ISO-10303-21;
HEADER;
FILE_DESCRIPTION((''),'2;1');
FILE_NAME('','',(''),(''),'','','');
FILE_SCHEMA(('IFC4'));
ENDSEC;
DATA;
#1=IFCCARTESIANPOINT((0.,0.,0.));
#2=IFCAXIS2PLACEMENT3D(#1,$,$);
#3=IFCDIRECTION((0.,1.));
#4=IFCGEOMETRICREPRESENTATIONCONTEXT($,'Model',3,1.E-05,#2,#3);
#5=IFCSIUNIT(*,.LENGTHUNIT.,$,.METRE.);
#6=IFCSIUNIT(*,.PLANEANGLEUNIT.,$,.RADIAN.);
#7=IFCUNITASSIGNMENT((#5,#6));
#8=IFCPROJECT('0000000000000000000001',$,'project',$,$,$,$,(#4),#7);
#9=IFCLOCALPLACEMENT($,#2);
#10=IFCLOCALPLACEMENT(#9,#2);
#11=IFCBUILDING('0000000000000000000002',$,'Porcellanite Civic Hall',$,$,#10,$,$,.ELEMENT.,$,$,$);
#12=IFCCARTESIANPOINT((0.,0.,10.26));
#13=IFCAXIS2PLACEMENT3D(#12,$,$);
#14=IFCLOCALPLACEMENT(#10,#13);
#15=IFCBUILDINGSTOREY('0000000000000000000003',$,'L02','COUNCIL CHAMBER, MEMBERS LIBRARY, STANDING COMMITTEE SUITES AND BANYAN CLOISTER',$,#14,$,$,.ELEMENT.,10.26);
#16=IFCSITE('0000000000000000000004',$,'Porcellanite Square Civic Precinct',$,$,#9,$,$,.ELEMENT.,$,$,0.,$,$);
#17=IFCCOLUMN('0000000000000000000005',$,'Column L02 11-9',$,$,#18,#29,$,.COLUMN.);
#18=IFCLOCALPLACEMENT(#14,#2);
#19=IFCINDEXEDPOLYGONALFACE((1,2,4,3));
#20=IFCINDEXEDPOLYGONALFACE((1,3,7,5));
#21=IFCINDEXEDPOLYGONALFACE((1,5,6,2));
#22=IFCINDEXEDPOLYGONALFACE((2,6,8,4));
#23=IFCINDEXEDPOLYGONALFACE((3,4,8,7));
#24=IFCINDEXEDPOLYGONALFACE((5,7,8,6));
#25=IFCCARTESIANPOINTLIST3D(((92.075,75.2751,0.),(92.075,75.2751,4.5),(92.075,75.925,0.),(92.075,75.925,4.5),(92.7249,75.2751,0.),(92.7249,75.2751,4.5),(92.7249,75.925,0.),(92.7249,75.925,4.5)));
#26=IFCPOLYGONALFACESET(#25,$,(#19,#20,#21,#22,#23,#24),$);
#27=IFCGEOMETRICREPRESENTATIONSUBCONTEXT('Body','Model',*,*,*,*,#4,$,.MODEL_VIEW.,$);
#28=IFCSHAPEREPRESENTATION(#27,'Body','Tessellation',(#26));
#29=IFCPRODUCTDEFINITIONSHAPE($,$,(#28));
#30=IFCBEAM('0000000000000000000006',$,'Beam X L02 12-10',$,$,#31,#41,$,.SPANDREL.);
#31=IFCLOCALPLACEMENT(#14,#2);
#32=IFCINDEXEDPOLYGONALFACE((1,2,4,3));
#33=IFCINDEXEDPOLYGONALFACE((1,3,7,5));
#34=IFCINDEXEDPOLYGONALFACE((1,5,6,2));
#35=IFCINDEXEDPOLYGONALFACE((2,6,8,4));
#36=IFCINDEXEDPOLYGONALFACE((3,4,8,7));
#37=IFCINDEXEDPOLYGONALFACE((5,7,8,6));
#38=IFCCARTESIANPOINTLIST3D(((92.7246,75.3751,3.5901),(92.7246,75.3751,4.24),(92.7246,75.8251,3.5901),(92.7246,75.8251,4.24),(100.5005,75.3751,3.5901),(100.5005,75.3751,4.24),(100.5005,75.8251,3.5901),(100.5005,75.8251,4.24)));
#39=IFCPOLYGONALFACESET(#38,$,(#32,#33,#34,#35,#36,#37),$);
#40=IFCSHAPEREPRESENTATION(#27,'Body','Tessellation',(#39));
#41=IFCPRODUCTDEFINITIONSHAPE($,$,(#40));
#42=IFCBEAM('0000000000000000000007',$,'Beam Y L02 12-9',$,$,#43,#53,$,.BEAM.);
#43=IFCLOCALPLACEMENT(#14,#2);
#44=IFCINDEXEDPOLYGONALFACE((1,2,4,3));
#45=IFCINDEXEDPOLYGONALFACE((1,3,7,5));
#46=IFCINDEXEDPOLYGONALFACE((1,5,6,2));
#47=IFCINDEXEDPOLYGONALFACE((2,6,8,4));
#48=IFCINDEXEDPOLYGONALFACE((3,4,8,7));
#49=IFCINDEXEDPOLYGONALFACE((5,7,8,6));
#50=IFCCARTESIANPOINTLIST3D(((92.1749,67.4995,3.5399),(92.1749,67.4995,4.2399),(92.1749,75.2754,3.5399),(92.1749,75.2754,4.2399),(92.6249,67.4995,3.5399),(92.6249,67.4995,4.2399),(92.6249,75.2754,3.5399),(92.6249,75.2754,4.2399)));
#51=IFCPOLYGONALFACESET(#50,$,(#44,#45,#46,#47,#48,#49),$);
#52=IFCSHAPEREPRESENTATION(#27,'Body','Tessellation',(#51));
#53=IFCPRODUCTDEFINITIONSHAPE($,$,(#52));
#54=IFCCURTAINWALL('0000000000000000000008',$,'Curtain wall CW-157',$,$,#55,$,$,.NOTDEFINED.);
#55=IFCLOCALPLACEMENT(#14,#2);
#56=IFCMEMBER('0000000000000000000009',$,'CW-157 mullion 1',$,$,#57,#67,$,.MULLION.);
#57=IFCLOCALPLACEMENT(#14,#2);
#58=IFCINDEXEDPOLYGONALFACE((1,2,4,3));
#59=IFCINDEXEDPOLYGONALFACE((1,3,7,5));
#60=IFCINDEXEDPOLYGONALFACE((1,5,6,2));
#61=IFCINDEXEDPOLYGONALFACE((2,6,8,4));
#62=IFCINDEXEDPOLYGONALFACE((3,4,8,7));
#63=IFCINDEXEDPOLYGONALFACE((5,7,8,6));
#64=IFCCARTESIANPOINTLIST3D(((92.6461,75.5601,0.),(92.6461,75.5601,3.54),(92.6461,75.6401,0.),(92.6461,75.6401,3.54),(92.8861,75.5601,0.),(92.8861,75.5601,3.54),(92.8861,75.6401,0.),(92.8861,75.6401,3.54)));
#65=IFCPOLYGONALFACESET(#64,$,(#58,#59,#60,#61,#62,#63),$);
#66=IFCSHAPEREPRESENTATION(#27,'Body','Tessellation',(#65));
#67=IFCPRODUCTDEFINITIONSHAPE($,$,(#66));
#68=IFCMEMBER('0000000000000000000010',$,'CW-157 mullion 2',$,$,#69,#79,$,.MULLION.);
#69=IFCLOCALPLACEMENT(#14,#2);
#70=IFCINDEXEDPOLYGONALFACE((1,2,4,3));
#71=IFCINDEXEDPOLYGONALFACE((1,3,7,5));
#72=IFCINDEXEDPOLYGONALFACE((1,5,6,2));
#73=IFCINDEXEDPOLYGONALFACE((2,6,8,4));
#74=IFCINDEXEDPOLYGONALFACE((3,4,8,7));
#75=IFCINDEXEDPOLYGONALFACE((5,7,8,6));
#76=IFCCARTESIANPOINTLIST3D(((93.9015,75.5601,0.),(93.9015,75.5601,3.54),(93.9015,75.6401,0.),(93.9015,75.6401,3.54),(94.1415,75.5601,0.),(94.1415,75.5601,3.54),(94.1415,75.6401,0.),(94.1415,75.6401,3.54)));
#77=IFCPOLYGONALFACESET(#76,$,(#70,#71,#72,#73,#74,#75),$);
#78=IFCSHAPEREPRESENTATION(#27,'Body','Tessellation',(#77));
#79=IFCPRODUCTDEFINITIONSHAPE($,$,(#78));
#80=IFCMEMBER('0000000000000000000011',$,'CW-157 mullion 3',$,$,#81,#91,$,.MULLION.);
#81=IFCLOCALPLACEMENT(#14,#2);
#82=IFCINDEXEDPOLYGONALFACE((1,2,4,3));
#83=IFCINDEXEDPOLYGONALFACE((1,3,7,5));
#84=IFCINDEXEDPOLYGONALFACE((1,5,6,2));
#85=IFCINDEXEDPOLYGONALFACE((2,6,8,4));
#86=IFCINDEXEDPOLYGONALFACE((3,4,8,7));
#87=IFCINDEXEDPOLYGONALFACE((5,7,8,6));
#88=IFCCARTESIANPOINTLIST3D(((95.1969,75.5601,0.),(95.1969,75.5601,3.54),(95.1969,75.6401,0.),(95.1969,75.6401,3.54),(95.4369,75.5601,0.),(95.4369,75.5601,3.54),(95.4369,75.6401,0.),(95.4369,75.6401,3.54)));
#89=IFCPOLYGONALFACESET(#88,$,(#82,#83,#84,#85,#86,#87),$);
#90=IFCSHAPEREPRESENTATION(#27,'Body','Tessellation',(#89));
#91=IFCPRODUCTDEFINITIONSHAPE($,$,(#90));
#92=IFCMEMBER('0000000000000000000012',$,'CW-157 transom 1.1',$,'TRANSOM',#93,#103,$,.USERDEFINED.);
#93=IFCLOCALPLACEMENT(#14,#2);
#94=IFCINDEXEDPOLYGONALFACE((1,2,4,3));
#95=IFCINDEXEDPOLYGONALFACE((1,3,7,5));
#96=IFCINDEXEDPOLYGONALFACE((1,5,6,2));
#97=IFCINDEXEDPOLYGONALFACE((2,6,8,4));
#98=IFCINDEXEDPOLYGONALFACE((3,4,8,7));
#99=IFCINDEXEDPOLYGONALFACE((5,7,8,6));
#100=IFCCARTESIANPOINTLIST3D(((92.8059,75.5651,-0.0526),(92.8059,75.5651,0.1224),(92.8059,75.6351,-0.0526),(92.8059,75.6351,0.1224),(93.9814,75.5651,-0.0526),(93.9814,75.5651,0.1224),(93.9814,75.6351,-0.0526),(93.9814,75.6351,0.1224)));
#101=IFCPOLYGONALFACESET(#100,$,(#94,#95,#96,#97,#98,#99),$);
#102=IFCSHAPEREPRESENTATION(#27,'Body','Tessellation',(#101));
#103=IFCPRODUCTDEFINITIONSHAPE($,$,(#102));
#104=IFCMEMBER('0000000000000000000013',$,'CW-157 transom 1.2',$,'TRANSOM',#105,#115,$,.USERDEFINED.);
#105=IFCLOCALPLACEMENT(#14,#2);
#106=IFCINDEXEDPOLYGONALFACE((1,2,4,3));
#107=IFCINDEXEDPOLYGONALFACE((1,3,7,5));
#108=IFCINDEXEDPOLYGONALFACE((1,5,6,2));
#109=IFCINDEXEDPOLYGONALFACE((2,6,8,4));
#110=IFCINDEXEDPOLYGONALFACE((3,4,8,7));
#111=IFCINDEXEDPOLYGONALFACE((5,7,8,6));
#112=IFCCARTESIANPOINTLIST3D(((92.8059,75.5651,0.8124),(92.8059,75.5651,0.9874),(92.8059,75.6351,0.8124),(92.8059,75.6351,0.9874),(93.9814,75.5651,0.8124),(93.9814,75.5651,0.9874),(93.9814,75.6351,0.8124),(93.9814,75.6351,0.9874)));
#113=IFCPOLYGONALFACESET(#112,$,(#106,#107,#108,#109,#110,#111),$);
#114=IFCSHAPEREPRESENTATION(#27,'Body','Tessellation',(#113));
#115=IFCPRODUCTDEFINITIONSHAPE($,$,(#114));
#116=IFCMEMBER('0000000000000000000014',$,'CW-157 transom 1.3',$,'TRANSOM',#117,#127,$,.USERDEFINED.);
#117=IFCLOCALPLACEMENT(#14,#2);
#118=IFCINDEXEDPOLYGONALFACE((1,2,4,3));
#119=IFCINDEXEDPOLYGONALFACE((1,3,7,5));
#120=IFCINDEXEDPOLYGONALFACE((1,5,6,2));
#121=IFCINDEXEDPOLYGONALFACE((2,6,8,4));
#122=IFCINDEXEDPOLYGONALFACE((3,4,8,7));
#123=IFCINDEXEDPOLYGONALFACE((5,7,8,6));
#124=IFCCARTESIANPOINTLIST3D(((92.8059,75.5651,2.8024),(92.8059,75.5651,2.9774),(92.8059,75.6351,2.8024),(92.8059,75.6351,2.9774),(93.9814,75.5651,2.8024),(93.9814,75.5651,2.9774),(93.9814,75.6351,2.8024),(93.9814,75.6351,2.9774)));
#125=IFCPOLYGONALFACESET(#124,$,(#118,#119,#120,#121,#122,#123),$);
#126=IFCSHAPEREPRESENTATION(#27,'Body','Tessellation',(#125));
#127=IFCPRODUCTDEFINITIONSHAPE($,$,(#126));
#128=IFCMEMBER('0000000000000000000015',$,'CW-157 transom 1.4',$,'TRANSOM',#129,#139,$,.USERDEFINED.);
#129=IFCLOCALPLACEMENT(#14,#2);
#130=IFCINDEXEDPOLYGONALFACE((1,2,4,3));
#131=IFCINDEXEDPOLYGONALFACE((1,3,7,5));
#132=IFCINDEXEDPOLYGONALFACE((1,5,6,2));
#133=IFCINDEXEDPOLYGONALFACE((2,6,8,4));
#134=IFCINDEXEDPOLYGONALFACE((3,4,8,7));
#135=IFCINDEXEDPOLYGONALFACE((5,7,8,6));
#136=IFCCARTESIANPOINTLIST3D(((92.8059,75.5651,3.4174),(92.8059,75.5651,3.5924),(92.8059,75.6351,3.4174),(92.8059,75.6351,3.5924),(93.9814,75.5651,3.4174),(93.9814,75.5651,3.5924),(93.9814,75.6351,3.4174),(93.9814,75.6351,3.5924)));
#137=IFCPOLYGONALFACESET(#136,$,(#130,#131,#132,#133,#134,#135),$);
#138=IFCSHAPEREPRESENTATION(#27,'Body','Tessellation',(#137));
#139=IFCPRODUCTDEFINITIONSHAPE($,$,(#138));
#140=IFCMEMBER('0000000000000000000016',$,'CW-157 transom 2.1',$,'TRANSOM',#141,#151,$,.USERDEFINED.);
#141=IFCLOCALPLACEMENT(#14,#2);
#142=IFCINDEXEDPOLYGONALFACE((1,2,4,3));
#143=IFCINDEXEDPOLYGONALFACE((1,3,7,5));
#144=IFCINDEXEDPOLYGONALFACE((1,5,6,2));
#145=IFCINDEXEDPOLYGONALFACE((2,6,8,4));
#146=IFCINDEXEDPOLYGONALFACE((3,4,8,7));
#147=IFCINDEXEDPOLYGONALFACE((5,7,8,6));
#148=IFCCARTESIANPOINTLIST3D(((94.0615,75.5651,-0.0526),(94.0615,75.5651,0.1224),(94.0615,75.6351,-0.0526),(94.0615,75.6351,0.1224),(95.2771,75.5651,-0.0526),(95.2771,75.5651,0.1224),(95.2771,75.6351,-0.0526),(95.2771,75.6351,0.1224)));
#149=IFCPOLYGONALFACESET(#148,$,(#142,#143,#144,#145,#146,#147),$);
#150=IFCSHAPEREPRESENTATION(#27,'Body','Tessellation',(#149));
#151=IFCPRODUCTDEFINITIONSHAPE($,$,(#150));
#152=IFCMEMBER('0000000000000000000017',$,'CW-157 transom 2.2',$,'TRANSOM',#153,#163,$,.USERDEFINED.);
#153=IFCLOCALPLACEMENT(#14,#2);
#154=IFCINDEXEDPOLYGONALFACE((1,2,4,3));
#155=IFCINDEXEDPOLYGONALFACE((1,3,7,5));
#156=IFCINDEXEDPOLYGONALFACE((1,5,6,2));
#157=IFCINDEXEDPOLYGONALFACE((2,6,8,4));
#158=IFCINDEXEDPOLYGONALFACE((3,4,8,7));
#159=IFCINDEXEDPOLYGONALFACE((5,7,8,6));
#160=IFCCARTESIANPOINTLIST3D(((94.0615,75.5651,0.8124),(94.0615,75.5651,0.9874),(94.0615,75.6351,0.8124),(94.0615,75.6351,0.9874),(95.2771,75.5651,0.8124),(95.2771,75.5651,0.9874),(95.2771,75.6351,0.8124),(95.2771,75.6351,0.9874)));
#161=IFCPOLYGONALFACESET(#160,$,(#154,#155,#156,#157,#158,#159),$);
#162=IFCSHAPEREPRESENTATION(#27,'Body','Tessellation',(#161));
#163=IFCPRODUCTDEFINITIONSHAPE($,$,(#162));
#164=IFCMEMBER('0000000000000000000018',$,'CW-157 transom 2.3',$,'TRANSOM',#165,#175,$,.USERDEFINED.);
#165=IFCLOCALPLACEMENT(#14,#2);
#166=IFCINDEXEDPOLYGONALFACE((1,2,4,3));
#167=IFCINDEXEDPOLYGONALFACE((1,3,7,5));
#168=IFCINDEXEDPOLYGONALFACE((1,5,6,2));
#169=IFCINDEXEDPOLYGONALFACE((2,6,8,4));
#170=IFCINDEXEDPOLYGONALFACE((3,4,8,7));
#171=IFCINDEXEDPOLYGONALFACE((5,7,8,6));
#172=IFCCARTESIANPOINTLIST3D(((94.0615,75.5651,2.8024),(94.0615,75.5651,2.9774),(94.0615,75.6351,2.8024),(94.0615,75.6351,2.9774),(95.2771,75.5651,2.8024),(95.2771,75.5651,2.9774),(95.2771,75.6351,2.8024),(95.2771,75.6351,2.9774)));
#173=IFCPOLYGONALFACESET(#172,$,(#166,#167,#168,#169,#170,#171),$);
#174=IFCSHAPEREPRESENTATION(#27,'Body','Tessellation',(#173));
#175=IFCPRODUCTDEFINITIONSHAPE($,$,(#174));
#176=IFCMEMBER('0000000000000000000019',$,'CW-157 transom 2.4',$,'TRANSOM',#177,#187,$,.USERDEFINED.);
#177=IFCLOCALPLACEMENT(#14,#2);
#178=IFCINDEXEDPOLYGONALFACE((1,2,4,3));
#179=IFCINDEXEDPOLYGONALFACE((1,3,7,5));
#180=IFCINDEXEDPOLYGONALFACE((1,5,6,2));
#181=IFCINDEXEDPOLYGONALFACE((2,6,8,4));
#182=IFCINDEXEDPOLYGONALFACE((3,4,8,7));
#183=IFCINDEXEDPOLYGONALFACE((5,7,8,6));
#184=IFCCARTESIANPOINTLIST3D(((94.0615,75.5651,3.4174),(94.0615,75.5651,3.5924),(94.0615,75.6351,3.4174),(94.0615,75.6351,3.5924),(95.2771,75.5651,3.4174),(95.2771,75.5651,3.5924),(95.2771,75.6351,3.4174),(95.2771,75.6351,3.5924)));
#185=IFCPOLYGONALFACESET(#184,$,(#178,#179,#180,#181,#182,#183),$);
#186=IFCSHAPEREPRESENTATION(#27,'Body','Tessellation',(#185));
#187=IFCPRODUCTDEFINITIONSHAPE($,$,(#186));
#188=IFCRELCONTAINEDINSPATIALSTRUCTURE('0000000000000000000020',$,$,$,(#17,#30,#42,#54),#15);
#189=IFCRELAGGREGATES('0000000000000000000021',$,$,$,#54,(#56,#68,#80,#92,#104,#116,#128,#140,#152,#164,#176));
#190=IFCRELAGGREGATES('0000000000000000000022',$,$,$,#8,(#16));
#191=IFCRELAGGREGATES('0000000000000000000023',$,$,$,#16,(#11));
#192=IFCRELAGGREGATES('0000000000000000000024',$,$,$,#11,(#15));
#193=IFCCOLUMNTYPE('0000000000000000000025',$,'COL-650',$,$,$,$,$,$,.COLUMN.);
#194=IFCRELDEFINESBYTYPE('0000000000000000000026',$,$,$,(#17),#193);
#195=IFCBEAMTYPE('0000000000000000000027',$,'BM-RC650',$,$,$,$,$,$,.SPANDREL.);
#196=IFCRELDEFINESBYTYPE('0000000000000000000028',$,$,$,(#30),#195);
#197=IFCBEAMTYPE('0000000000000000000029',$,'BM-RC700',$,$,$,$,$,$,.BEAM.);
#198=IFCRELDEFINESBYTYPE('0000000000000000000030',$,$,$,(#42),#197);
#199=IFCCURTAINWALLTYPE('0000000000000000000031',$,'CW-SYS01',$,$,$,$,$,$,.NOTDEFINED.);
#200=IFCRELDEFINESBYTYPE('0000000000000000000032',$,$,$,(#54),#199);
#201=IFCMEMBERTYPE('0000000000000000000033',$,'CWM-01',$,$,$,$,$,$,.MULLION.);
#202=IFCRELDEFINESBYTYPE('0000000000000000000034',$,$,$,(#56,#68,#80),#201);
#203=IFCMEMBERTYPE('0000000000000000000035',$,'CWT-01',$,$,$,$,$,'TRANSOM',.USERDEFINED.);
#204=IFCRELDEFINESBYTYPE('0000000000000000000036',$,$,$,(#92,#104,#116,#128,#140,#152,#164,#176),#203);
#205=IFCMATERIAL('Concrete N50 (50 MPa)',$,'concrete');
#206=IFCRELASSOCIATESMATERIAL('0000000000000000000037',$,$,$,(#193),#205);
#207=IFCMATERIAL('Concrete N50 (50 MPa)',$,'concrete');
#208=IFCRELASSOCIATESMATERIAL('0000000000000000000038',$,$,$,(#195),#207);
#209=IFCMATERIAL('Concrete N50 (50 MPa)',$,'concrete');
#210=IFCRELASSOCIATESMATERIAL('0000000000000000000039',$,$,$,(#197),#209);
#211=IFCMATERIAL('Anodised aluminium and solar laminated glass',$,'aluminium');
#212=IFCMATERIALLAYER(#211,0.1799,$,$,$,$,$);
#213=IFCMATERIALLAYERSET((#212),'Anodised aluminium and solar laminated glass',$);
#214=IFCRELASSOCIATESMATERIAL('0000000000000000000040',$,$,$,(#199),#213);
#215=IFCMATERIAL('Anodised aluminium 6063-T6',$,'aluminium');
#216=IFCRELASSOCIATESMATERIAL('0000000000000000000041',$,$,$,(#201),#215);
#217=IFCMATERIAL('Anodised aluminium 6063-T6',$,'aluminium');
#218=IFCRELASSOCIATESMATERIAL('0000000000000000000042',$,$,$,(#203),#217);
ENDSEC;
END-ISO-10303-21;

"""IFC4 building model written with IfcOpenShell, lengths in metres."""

from ifc_helpers import new_model, si_unit, direction, frame, origin, origin_2d, place, context, subcontext, project, spatial, rectangle, extrude, material, layer, layer_set, material_profile, profile_set, type_object, element, aggregate, save


model = new_model("IFC4")

# Units and contexts
model_context = context("Model", 3, precision=1e-05, world=origin(), true_north=direction((0.0, 1.0)))
body_context = subcontext(model_context, "Body", "Model", "MODEL_VIEW")
ifc_project = project(units=[si_unit("LENGTHUNIT", "METRE"), si_unit("PLANEANGLEUNIT", "RADIAN")], contexts=[model_context])

# Site, building, storey
site_placement = place(None, origin())
site = spatial("IfcSite", under=ifc_project, at=site_placement, Name="Porcellanite Square Civic Precinct", CompositionType="ELEMENT", RefElevation=0.0)
building_placement = place(site_placement, origin())
building = spatial("IfcBuilding", under=site, at=building_placement, Name="Porcellanite Civic Hall", CompositionType="ELEMENT")
storey_placement = place(building_placement, frame((0.0, 0.0, 10.26)))
storey = spatial("IfcBuildingStorey", under=building, at=storey_placement, Name="L02", Description="COUNCIL CHAMBER, MEMBERS LIBRARY, STANDING COMMITTEE SUITES AND BANYAN CLOISTER", CompositionType="ELEMENT", Elevation=10.26)

# Column
ifc_material_1 = material(Name="Concrete N50 (50 MPa)", Category="concrete")
ifc_material_profile_1 = material_profile(ifc_material_1, rectangle(XDim=0.6499, YDim=0.6499, at=origin_2d()), Name="RC-650x650")
ifc_profile_set_1 = profile_set([ifc_material_profile_1], Name="Concrete N50 (50 MPa)")
column_type = type_object("IfcColumnType", Name="COL-650", PredefinedType="COLUMN", material=ifc_profile_set_1)
column_placement = place(storey_placement, frame((92.3999, 75.6001, 0.0), z_axis=(0.0, 0.0, 1.0), x_axis=(1.0, 0.0, 0.0)))
element("IfcColumn", 1, at=column_placement, inside=storey, type_object=column_type, Name="Column L02 11-9", PredefinedType="COLUMN", context=body_context, shape_type="SweptSolid", body=[
    extrude(rectangle(XDim=0.6499, YDim=0.6499, at=origin_2d()), origin(), (0.0, 0.0, 1.0), 4.5),
])

# Beams
ifc_material_2 = material(Name="Concrete N50 (50 MPa)", Category="concrete")
ifc_material_profile_2 = material_profile(ifc_material_2, rectangle(XDim=0.45, YDim=0.6499, at=origin_2d()), Name="RC-450x650")
ifc_profile_set_2 = profile_set([ifc_material_profile_2], Name="Concrete N50 (50 MPa)")
beam_type_1 = type_object("IfcBeamType", Name="BM-RC650", PredefinedType="SPANDREL", material=ifc_profile_set_2)
beam_1_placement = place(storey_placement, frame((92.7246, 75.6001, 3.915), z_axis=(1.0, 0.0, 0.0), x_axis=(0.0, 1.0, 0.0)))
element("IfcBeam", 2, at=beam_1_placement, inside=storey, type_object=beam_type_1, Name="Beam X L02 12-10", PredefinedType="SPANDREL", context=body_context, shape_type="SweptSolid", body=[
    extrude(rectangle(XDim=0.45, YDim=0.6499, at=origin_2d()), origin(), (0.0, 0.0, 1.0), 7.7759),
])
ifc_material_3 = material(Name="Concrete N50 (50 MPa)", Category="concrete")
ifc_material_profile_3 = material_profile(ifc_material_3, rectangle(XDim=0.45, YDim=0.7, at=origin_2d()), Name="RC-450x700")
ifc_profile_set_3 = profile_set([ifc_material_profile_3], Name="Concrete N50 (50 MPa)")
beam_type_2 = type_object("IfcBeamType", Name="BM-RC700", PredefinedType="BEAM", material=ifc_profile_set_3)
beam_2_placement = place(storey_placement, frame((92.3999, 67.4995, 3.8899), z_axis=(0.0, 1.0, 0.0), x_axis=(-1.0, 0.0, 0.0)))
element("IfcBeam", 3, at=beam_2_placement, inside=storey, type_object=beam_type_2, Name="Beam Y L02 12-9", PredefinedType="BEAM", context=body_context, shape_type="SweptSolid", body=[
    extrude(rectangle(XDim=0.45, YDim=0.7, at=origin_2d()), origin(), (0.0, 0.0, 1.0), 7.7759),
])

# Curtain wall, members
ifc_material_4 = material(Name="Anodised aluminium and solar laminated glass", Category="aluminium")
ifc_layer_1 = layer(ifc_material_4, 0.1799)
ifc_layer_set_1 = layer_set([ifc_layer_1], Name="Anodised aluminium and solar laminated glass")
curtain_wall_type = type_object("IfcCurtainWallType", Name="CW-SYS01", PredefinedType="NOTDEFINED", material=ifc_layer_set_1)
curtain_wall_placement = place(storey_placement, origin())
curtain_wall = element("IfcCurtainWall", 4, at=curtain_wall_placement, inside=storey, type_object=curtain_wall_type, Name="Curtain wall CW-157", PredefinedType="NOTDEFINED")
ifc_material_5 = material(Name="Anodised aluminium 6063-T6", Category="aluminium")
ifc_material_profile_4 = material_profile(ifc_material_5, rectangle(XDim=0.0801, YDim=0.24, at=origin_2d()), Name="AL-80x240")
ifc_profile_set_4 = profile_set([ifc_material_profile_4], Name="Anodised aluminium 6063-T6")
member_type_1 = type_object("IfcMemberType", Name="CWM-01", PredefinedType="MULLION", material=ifc_profile_set_4)
member_1_placement = place(storey_placement, frame((92.7661, 75.6001, 0.0), z_axis=(0.0, 0.0, 1.0), x_axis=(0.0, 1.0, 0.0)))
member_1 = element("IfcMember", 5, at=member_1_placement, type_object=member_type_1, Name="CW-157 mullion 1", PredefinedType="MULLION", context=body_context, shape_type="SweptSolid", body=[
    extrude(rectangle(XDim=0.0801, YDim=0.24, at=origin_2d()), origin(), (0.0, 0.0, 1.0), 3.54),
])
member_2_placement = place(storey_placement, frame((94.0215, 75.6001, 0.0), z_axis=(0.0, 0.0, 1.0), x_axis=(0.0, 1.0, 0.0)))
member_2 = element("IfcMember", 6, at=member_2_placement, type_object=member_type_1, Name="CW-157 mullion 2", PredefinedType="MULLION", context=body_context, shape_type="SweptSolid", body=[
    extrude(rectangle(XDim=0.0801, YDim=0.24, at=origin_2d()), origin(), (0.0, 0.0, 1.0), 3.54),
])
member_3_placement = place(storey_placement, frame((95.3169, 75.6001, 0.0), z_axis=(0.0, 0.0, 1.0), x_axis=(0.0, 1.0, 0.0)))
member_3 = element("IfcMember", 7, at=member_3_placement, type_object=member_type_1, Name="CW-157 mullion 3", PredefinedType="MULLION", context=body_context, shape_type="SweptSolid", body=[
    extrude(rectangle(XDim=0.0801, YDim=0.24, at=origin_2d()), origin(), (0.0, 0.0, 1.0), 3.54),
])
ifc_material_6 = material(Name="Anodised aluminium 6063-T6", Category="aluminium")
ifc_material_profile_5 = material_profile(ifc_material_6, rectangle(XDim=0.0701, YDim=0.175, at=origin_2d()), Name="AL-70x175")
ifc_profile_set_5 = profile_set([ifc_material_profile_5], Name="Anodised aluminium 6063-T6")
member_type_2 = type_object("IfcMemberType", Name="CWT-01", ElementType="TRANSOM", PredefinedType="USERDEFINED", material=ifc_profile_set_5)
member_4_placement = place(storey_placement, frame((92.8059, 75.6001, 0.0349), z_axis=(1.0, 0.0, 0.0), x_axis=(0.0, 1.0, 0.0)))
member_4 = element("IfcMember", 8, at=member_4_placement, type_object=member_type_2, Name="CW-157 transom 1.1", ObjectType="TRANSOM", PredefinedType="USERDEFINED", context=body_context, shape_type="SweptSolid", body=[
    extrude(rectangle(XDim=0.0701, YDim=0.175, at=origin_2d()), origin(), (0.0, 0.0, 1.0), 1.1755),
])
member_5_placement = place(storey_placement, frame((92.8059, 75.6001, 0.8999), z_axis=(1.0, 0.0, 0.0), x_axis=(0.0, 1.0, 0.0)))
member_5 = element("IfcMember", 9, at=member_5_placement, type_object=member_type_2, Name="CW-157 transom 1.2", ObjectType="TRANSOM", PredefinedType="USERDEFINED", context=body_context, shape_type="SweptSolid", body=[
    extrude(rectangle(XDim=0.0701, YDim=0.175, at=origin_2d()), origin(), (0.0, 0.0, 1.0), 1.1755),
])
member_6_placement = place(storey_placement, frame((92.8059, 75.6001, 2.8899), z_axis=(1.0, 0.0, 0.0), x_axis=(0.0, 1.0, 0.0)))
member_6 = element("IfcMember", 10, at=member_6_placement, type_object=member_type_2, Name="CW-157 transom 1.3", ObjectType="TRANSOM", PredefinedType="USERDEFINED", context=body_context, shape_type="SweptSolid", body=[
    extrude(rectangle(XDim=0.0701, YDim=0.175, at=origin_2d()), origin(), (0.0, 0.0, 1.0), 1.1755),
])
member_7_placement = place(storey_placement, frame((92.8059, 75.6001, 3.5049), z_axis=(1.0, 0.0, 0.0), x_axis=(0.0, 1.0, 0.0)))
member_7 = element("IfcMember", 11, at=member_7_placement, type_object=member_type_2, Name="CW-157 transom 1.4", ObjectType="TRANSOM", PredefinedType="USERDEFINED", context=body_context, shape_type="SweptSolid", body=[
    extrude(rectangle(XDim=0.0701, YDim=0.175, at=origin_2d()), origin(), (0.0, 0.0, 1.0), 1.1755),
])
member_8_placement = place(storey_placement, frame((94.0615, 75.6001, 0.0349), z_axis=(1.0, 0.0, 0.0), x_axis=(0.0, 1.0, 0.0)))
member_8 = element("IfcMember", 12, at=member_8_placement, type_object=member_type_2, Name="CW-157 transom 2.1", ObjectType="TRANSOM", PredefinedType="USERDEFINED", context=body_context, shape_type="SweptSolid", body=[
    extrude(rectangle(XDim=0.0701, YDim=0.175, at=origin_2d()), origin(), (0.0, 0.0, 1.0), 1.2156),
])
member_9_placement = place(storey_placement, frame((94.0615, 75.6001, 0.8999), z_axis=(1.0, 0.0, 0.0), x_axis=(0.0, 1.0, 0.0)))
member_9 = element("IfcMember", 13, at=member_9_placement, type_object=member_type_2, Name="CW-157 transom 2.2", ObjectType="TRANSOM", PredefinedType="USERDEFINED", context=body_context, shape_type="SweptSolid", body=[
    extrude(rectangle(XDim=0.0701, YDim=0.175, at=origin_2d()), origin(), (0.0, 0.0, 1.0), 1.2156),
])
member_10_placement = place(storey_placement, frame((94.0615, 75.6001, 2.8899), z_axis=(1.0, 0.0, 0.0), x_axis=(0.0, 1.0, 0.0)))
member_10 = element("IfcMember", 14, at=member_10_placement, type_object=member_type_2, Name="CW-157 transom 2.3", ObjectType="TRANSOM", PredefinedType="USERDEFINED", context=body_context, shape_type="SweptSolid", body=[
    extrude(rectangle(XDim=0.0701, YDim=0.175, at=origin_2d()), origin(), (0.0, 0.0, 1.0), 1.2156),
])
member_11_placement = place(storey_placement, frame((94.0615, 75.6001, 3.5049), z_axis=(1.0, 0.0, 0.0), x_axis=(0.0, 1.0, 0.0)))
member_11 = element("IfcMember", 15, at=member_11_placement, type_object=member_type_2, Name="CW-157 transom 2.4", ObjectType="TRANSOM", PredefinedType="USERDEFINED", context=body_context, shape_type="SweptSolid", body=[
    extrude(rectangle(XDim=0.0701, YDim=0.175, at=origin_2d()), origin(), (0.0, 0.0, 1.0), 1.2156),
])

aggregate(curtain_wall, [member_1, member_2, member_3, member_4, member_5, member_6, member_7, member_8, member_9, member_10, member_11])

save(model, "model.ifc")
